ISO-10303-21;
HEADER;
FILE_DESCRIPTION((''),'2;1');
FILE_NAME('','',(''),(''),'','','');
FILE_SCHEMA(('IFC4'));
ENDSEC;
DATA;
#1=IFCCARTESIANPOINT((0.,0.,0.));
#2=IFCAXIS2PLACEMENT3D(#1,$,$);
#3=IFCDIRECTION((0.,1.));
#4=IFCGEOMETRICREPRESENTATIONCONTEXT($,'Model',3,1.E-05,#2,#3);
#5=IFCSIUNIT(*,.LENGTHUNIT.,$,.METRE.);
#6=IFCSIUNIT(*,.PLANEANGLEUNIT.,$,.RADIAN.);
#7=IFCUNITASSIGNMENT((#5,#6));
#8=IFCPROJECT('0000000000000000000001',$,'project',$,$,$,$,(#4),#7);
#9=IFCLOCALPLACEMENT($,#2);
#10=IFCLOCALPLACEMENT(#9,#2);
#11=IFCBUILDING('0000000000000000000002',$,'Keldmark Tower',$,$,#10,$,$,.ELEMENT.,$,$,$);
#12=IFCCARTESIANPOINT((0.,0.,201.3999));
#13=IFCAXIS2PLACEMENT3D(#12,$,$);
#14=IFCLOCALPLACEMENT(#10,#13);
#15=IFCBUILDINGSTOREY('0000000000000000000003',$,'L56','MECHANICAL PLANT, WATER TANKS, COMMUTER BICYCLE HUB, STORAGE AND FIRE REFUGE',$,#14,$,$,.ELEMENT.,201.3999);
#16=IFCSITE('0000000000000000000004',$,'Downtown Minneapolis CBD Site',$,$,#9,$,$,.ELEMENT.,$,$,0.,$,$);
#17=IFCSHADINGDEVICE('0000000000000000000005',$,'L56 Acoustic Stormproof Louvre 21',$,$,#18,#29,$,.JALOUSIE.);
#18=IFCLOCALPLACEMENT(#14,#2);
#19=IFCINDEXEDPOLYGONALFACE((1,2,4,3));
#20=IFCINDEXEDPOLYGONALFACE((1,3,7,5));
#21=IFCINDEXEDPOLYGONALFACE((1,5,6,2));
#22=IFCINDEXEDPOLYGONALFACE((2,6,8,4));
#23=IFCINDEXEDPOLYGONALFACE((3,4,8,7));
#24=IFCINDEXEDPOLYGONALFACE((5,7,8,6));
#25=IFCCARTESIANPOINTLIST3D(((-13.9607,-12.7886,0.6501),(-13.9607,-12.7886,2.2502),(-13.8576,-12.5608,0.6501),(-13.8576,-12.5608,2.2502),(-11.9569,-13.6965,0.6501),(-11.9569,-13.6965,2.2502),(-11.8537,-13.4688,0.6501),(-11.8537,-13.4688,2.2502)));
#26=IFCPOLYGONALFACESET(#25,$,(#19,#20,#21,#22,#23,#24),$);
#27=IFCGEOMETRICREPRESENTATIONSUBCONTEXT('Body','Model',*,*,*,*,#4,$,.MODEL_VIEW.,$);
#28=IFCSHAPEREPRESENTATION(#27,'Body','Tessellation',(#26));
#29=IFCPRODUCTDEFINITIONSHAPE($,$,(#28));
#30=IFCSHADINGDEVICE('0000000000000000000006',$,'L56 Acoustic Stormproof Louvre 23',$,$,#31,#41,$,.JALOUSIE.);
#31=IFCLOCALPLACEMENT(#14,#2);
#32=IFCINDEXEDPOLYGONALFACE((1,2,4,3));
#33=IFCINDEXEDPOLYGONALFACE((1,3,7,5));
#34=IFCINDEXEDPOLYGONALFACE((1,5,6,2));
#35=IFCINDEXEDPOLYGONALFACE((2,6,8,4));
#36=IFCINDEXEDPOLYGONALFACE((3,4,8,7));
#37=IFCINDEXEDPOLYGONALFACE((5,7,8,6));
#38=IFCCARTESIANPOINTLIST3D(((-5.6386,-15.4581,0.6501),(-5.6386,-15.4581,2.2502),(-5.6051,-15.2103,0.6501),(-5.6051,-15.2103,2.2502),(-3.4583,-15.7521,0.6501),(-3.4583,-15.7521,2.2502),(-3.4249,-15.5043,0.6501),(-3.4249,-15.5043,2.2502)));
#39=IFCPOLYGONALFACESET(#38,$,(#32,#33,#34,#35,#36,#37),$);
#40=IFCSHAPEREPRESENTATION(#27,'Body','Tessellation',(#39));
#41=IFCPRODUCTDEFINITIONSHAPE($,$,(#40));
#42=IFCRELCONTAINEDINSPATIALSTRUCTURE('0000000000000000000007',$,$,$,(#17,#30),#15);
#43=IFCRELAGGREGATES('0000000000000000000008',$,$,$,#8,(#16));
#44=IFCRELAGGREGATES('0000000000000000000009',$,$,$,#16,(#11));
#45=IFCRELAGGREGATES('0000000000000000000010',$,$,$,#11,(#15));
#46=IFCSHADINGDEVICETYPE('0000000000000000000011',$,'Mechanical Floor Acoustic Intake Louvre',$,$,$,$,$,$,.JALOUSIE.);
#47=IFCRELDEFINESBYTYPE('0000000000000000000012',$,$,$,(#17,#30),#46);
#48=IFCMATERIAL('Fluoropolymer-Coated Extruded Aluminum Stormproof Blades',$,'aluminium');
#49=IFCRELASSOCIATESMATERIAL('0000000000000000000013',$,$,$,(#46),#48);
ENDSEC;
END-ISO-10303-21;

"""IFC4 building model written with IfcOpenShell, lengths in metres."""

from ifc_helpers import new_model, si_unit, direction, frame, origin, origin_2d, place, context, subcontext, project, spatial, rectangle, extrude, material, type_object, element, save


model = new_model("IFC4")

# Units and contexts
model_context = context("Model", 3, precision=1e-05, world=origin(), true_north=direction((0.0, 1.0)))
body_context = subcontext(model_context, "Body", "Model", "MODEL_VIEW")
ifc_project = project(units=[si_unit("LENGTHUNIT", "METRE"), si_unit("PLANEANGLEUNIT", "RADIAN")], contexts=[model_context])

# Site, building, storey
site_placement = place(None, origin())
site = spatial("IfcSite", under=ifc_project, at=site_placement, Name="Downtown Minneapolis CBD Site", CompositionType="ELEMENT", RefElevation=0.0)
building_placement = place(site_placement, origin())
building = spatial("IfcBuilding", under=site, at=building_placement, Name="Keldmark Tower", CompositionType="ELEMENT")
storey_placement = place(building_placement, frame((0.0, 0.0, 201.3999)))
storey = spatial("IfcBuildingStorey", under=building, at=storey_placement, Name="L56", Description="MECHANICAL PLANT, WATER TANKS, COMMUTER BICYCLE HUB, STORAGE AND FIRE REFUGE", CompositionType="ELEMENT", Elevation=201.3999)

# Shading devices
ifc_material_1 = material(Name="Fluoropolymer-Coated Extruded Aluminum Stormproof Blades", Category="aluminium")
shading_device_type = type_object("IfcShadingDeviceType", Name="Mechanical Floor Acoustic Intake Louvre", PredefinedType="JALOUSIE", material=ifc_material_1)
for number, where, z_axis, x_axis, name in (
    (1, (-12.9072, -13.1287, 0.6501), (0.0, 0.0, 1.0), (0.910864, -0.412707, 0.0), "L56 Acoustic Stormproof Louvre 21"),
    (2, (-4.5317, -15.4812, 0.6501), (0.0, 0.0, 1.0), (0.991028, -0.133658, 0.0), "L56 Acoustic Stormproof Louvre 23"),
):
    element("IfcShadingDevice", number, at=place(storey_placement, frame(where, z_axis=z_axis, x_axis=x_axis)), inside=storey, type_object=shading_device_type, Name=name, PredefinedType="JALOUSIE", context=body_context, shape_type="SweptSolid", body=[
        extrude(rectangle(XDim=2.2, YDim=0.25, at=origin_2d()), origin(), (0.0, 0.0, 1.0), 1.6001),
    ])

save(model, "model.ifc")
